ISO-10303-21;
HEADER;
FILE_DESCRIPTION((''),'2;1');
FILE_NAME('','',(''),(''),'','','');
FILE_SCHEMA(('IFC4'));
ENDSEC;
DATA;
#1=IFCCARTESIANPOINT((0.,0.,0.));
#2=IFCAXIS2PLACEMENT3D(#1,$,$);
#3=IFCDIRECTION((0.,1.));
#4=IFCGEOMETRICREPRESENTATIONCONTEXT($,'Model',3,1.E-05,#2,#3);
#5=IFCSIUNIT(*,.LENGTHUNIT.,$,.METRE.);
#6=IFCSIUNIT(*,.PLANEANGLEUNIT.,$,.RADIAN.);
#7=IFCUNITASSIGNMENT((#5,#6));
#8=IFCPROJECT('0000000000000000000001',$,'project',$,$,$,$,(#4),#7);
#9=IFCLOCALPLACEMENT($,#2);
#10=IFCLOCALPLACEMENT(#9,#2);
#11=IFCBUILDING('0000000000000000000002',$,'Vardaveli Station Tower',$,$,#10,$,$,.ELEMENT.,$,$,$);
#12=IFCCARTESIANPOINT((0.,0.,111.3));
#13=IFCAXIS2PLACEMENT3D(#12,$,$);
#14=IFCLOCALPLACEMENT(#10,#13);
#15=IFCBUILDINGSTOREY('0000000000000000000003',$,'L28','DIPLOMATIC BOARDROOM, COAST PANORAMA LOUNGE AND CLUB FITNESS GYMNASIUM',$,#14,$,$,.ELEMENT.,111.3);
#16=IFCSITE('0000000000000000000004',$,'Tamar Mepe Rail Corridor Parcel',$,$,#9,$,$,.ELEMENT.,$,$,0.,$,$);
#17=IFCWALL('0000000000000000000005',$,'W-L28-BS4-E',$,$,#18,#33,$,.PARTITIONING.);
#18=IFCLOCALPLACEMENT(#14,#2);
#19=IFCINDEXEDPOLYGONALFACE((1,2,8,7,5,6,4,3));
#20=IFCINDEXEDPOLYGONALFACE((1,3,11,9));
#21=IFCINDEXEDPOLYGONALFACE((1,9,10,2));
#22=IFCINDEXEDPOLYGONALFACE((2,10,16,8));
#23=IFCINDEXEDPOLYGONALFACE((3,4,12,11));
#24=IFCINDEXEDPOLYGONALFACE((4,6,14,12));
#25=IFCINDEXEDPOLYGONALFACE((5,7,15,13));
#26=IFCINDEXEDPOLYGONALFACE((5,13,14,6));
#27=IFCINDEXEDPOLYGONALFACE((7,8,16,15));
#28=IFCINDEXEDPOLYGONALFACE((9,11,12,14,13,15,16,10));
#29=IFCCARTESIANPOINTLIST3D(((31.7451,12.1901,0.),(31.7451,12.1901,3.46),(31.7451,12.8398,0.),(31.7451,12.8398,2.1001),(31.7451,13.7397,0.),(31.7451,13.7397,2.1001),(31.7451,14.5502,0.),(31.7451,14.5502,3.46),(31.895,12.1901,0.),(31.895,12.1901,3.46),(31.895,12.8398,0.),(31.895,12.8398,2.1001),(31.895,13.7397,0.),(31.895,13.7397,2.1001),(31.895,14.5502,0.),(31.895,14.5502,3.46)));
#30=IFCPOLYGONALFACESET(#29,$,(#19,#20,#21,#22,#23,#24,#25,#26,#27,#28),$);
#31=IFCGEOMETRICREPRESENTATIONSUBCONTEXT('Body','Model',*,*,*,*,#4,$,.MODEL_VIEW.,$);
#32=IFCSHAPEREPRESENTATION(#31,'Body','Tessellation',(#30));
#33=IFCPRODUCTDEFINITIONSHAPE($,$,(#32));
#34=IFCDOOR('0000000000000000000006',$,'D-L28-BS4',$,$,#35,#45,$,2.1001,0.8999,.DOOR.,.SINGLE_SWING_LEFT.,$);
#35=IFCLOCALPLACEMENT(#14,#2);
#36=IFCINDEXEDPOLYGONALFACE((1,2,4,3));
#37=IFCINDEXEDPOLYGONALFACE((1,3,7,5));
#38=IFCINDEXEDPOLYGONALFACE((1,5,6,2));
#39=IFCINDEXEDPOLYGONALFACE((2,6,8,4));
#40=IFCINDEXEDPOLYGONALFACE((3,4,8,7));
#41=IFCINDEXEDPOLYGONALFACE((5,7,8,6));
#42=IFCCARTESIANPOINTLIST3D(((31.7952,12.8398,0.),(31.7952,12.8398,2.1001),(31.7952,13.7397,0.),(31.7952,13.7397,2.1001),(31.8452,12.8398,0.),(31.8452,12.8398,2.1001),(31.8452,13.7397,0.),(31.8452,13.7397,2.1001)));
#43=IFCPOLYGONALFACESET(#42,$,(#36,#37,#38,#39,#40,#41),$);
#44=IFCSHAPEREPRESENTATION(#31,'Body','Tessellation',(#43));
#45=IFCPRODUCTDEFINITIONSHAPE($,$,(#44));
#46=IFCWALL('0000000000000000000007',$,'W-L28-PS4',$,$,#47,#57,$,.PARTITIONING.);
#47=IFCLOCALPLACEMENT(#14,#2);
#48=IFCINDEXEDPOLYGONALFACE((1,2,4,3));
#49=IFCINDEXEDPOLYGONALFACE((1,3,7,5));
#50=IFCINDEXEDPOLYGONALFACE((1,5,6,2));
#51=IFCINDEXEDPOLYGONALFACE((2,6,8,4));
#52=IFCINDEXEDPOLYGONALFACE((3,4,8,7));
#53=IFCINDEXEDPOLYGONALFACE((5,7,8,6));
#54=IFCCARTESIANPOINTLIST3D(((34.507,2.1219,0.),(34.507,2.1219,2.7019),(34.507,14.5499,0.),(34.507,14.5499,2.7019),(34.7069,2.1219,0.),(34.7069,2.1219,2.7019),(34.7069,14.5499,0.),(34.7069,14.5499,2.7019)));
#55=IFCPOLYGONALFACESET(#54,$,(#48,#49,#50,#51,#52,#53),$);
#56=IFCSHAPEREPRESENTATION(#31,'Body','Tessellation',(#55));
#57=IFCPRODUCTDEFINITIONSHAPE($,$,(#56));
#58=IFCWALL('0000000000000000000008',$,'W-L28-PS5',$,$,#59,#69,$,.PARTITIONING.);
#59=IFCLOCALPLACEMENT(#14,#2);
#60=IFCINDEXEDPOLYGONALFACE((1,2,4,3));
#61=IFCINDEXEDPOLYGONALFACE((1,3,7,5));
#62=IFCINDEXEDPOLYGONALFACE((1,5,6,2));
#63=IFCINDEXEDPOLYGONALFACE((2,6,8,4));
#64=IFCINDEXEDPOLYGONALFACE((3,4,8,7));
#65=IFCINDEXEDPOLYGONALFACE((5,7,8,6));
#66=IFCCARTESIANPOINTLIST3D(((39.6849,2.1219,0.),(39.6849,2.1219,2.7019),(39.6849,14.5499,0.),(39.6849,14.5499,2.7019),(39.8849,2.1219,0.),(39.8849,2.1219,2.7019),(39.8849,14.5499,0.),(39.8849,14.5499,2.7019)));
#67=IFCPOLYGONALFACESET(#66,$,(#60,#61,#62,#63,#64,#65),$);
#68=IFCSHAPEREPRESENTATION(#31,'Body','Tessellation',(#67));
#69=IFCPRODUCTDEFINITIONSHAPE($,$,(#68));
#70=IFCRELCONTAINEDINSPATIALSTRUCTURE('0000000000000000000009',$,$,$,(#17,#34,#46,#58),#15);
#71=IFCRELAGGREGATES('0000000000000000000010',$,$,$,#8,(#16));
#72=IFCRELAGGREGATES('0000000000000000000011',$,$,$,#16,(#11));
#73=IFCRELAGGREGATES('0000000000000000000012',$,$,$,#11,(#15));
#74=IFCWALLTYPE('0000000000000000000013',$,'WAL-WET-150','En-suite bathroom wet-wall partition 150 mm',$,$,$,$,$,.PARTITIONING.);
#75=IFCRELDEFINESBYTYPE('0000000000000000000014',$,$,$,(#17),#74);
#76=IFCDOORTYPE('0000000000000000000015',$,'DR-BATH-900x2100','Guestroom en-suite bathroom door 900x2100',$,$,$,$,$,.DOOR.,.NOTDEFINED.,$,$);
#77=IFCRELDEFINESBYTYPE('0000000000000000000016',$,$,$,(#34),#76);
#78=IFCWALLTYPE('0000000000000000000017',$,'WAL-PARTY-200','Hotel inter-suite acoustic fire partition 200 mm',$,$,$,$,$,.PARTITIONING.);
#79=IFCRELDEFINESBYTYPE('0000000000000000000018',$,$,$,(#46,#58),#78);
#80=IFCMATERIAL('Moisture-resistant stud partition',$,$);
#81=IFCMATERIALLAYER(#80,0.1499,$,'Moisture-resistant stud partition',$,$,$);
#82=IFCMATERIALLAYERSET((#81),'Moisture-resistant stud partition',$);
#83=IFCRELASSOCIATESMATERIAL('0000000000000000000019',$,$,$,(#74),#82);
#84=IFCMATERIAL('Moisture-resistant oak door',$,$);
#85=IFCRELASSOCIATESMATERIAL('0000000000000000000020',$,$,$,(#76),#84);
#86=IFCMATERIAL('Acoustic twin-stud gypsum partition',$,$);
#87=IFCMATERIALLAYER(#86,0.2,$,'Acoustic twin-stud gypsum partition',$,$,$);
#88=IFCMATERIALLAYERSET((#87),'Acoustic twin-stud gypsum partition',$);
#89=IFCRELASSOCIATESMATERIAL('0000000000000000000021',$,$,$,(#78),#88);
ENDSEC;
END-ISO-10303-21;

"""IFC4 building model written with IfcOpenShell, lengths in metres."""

from ifc_helpers import new_model, si_unit, direction, frame, frame_2d, origin, place, context, subcontext, project, spatial, rectangle, extrude, source, transform, mapped, material, layer, layer_set, type_object, element, fill, save


model = new_model("IFC4")

# Units and contexts
model_context = context("Model", 3, precision=1e-05, world=origin(), true_north=direction((0.0, 1.0)))
body_context = subcontext(model_context, "Body", "Model", "MODEL_VIEW")
ifc_project = project(units=[si_unit("LENGTHUNIT", "METRE"), si_unit("PLANEANGLEUNIT", "RADIAN")], contexts=[model_context])

# Site, building, storey
site_placement = place(None, origin())
site = spatial("IfcSite", under=ifc_project, at=site_placement, Name="Tamar Mepe Rail Corridor Parcel", CompositionType="ELEMENT", RefElevation=0.0)
building_placement = place(site_placement, origin())
building = spatial("IfcBuilding", under=site, at=building_placement, Name="Vardaveli Station Tower", CompositionType="ELEMENT")
storey_placement = place(building_placement, frame((0.0, 0.0, 111.3)))
storey = spatial("IfcBuildingStorey", under=building, at=storey_placement, Name="L28", Description="DIPLOMATIC BOARDROOM, COAST PANORAMA LOUNGE AND CLUB FITNESS GYMNASIUM", CompositionType="ELEMENT", Elevation=111.3)

# Wall, opening, door
ifc_material_1 = material(Name="Moisture-resistant stud partition")
ifc_layer_1 = layer(ifc_material_1, 0.1499, Name="Moisture-resistant stud partition")
ifc_layer_set_1 = layer_set([ifc_layer_1], Name="Moisture-resistant stud partition")
wall_type_1 = type_object("IfcWallType", Name="WAL-WET-150", Description="En-suite bathroom wet-wall partition 150 mm", PredefinedType="PARTITIONING", material=ifc_layer_set_1)
shared_shape_1 = source(origin(), body_context, "Body", "SweptSolid", [
    extrude(rectangle(XDim=2.3601, YDim=0.1499, at=frame_2d((1.1802, 0.0))), origin(), (0.0, 0.0, 1.0), 3.46),
])
wall_1_placement = place(storey_placement, frame((31.8201, 12.1899, 0.0), z_axis=(0.0, 0.0, 1.0), x_axis=(0.0, 1.0, 0.0)))
wall_1 = element("IfcWall", 1, at=wall_1_placement, inside=storey, type_object=wall_type_1, Name="W-L28-BS4-E", PredefinedType="PARTITIONING", context=body_context, shape_type="MappedRepresentation", body=[
    mapped(shared_shape_1, transform((0.0, 0.0, 0.0), scale=1.0)),
])
shared_shape_2 = source(origin(), body_context, "Body", "SweptSolid", [
    extrude(rectangle(XDim=0.8999, YDim=2.1001, at=frame_2d((0.45, 1.05))), frame((0.0, 0.085, 0.0), z_axis=(0.0, -1.0, 0.0), x_axis=(1.0, 0.0, 0.0)), (0.0, 0.0, 1.0), 0.1699),
])
opening_1_placement = place(wall_1_placement, frame((0.6499, 0.0, 0.0)))
opening_1 = element("IfcOpeningElement", 2, at=opening_1_placement, cuts=wall_1, PredefinedType="OPENING", context=body_context, shape_type="MappedRepresentation", body=[
    mapped(shared_shape_2, transform((0.0, 0.0, 0.0), scale=1.0)),
])
ifc_material_2 = material(Name="Moisture-resistant oak door")
door_type_1 = type_object("IfcDoorType", Name="DR-BATH-900x2100", Description="Guestroom en-suite bathroom door 900x2100", OperationType="NOTDEFINED", PredefinedType="DOOR", material=ifc_material_2)
shared_shape_3 = source(origin(), body_context, "Body", "SweptSolid", [
    extrude(rectangle(XDim=0.8999, YDim=2.1001, at=frame_2d((0.45, 1.05))), frame((0.0, 0.0249, 0.0), z_axis=(0.0, -1.0, 0.0), x_axis=(1.0, 0.0, 0.0)), (0.0, 0.0, 1.0), 0.05),
])
door_1_placement = place(opening_1_placement, origin())
door_1 = element("IfcDoor", 3, at=door_1_placement, inside=storey, type_object=door_type_1, Name="D-L28-BS4", OperationType="SINGLE_SWING_LEFT", OverallHeight=2.1001, OverallWidth=0.8999, PredefinedType="DOOR", context=body_context, shape_type="MappedRepresentation", body=[
    mapped(shared_shape_3, transform((0.0, 0.0, 0.0), scale=1.0)),
])
fill(opening_1, door_1)

# Walls
ifc_material_3 = material(Name="Acoustic twin-stud gypsum partition")
ifc_layer_2 = layer(ifc_material_3, 0.2, Name="Acoustic twin-stud gypsum partition")
ifc_layer_set_2 = layer_set([ifc_layer_2], Name="Acoustic twin-stud gypsum partition")
wall_type_2 = type_object("IfcWallType", Name="WAL-PARTY-200", Description="Hotel inter-suite acoustic fire partition 200 mm", PredefinedType="PARTITIONING", material=ifc_layer_set_2)
shared_shape_4 = source(origin(), body_context, "Body", "SweptSolid", [
    extrude(rectangle(XDim=12.428, YDim=0.2, at=frame_2d((6.2139, 0.0))), origin(), (0.0, 0.0, 1.0), 2.7019),
])
for number, where, z_axis, x_axis, name in (
    (4, (34.6069, 2.1221, 0.0), (0.0, 0.0, 1.0), (0.0, 1.0, 0.0), "W-L28-PS4"),
    (5, (39.7849, 2.1221, 0.0), (0.0, 0.0, 1.0), (0.0, 1.0, 0.0), "W-L28-PS5"),
):
    element("IfcWall", number, at=place(storey_placement, frame(where, z_axis=z_axis, x_axis=x_axis)), inside=storey, type_object=wall_type_2, Name=name, PredefinedType="PARTITIONING", context=body_context, shape_type="MappedRepresentation", body=[
        mapped(shared_shape_4, transform((0.0, 0.0, 0.0), scale=1.0)),
    ])

save(model, "model.ifc")
